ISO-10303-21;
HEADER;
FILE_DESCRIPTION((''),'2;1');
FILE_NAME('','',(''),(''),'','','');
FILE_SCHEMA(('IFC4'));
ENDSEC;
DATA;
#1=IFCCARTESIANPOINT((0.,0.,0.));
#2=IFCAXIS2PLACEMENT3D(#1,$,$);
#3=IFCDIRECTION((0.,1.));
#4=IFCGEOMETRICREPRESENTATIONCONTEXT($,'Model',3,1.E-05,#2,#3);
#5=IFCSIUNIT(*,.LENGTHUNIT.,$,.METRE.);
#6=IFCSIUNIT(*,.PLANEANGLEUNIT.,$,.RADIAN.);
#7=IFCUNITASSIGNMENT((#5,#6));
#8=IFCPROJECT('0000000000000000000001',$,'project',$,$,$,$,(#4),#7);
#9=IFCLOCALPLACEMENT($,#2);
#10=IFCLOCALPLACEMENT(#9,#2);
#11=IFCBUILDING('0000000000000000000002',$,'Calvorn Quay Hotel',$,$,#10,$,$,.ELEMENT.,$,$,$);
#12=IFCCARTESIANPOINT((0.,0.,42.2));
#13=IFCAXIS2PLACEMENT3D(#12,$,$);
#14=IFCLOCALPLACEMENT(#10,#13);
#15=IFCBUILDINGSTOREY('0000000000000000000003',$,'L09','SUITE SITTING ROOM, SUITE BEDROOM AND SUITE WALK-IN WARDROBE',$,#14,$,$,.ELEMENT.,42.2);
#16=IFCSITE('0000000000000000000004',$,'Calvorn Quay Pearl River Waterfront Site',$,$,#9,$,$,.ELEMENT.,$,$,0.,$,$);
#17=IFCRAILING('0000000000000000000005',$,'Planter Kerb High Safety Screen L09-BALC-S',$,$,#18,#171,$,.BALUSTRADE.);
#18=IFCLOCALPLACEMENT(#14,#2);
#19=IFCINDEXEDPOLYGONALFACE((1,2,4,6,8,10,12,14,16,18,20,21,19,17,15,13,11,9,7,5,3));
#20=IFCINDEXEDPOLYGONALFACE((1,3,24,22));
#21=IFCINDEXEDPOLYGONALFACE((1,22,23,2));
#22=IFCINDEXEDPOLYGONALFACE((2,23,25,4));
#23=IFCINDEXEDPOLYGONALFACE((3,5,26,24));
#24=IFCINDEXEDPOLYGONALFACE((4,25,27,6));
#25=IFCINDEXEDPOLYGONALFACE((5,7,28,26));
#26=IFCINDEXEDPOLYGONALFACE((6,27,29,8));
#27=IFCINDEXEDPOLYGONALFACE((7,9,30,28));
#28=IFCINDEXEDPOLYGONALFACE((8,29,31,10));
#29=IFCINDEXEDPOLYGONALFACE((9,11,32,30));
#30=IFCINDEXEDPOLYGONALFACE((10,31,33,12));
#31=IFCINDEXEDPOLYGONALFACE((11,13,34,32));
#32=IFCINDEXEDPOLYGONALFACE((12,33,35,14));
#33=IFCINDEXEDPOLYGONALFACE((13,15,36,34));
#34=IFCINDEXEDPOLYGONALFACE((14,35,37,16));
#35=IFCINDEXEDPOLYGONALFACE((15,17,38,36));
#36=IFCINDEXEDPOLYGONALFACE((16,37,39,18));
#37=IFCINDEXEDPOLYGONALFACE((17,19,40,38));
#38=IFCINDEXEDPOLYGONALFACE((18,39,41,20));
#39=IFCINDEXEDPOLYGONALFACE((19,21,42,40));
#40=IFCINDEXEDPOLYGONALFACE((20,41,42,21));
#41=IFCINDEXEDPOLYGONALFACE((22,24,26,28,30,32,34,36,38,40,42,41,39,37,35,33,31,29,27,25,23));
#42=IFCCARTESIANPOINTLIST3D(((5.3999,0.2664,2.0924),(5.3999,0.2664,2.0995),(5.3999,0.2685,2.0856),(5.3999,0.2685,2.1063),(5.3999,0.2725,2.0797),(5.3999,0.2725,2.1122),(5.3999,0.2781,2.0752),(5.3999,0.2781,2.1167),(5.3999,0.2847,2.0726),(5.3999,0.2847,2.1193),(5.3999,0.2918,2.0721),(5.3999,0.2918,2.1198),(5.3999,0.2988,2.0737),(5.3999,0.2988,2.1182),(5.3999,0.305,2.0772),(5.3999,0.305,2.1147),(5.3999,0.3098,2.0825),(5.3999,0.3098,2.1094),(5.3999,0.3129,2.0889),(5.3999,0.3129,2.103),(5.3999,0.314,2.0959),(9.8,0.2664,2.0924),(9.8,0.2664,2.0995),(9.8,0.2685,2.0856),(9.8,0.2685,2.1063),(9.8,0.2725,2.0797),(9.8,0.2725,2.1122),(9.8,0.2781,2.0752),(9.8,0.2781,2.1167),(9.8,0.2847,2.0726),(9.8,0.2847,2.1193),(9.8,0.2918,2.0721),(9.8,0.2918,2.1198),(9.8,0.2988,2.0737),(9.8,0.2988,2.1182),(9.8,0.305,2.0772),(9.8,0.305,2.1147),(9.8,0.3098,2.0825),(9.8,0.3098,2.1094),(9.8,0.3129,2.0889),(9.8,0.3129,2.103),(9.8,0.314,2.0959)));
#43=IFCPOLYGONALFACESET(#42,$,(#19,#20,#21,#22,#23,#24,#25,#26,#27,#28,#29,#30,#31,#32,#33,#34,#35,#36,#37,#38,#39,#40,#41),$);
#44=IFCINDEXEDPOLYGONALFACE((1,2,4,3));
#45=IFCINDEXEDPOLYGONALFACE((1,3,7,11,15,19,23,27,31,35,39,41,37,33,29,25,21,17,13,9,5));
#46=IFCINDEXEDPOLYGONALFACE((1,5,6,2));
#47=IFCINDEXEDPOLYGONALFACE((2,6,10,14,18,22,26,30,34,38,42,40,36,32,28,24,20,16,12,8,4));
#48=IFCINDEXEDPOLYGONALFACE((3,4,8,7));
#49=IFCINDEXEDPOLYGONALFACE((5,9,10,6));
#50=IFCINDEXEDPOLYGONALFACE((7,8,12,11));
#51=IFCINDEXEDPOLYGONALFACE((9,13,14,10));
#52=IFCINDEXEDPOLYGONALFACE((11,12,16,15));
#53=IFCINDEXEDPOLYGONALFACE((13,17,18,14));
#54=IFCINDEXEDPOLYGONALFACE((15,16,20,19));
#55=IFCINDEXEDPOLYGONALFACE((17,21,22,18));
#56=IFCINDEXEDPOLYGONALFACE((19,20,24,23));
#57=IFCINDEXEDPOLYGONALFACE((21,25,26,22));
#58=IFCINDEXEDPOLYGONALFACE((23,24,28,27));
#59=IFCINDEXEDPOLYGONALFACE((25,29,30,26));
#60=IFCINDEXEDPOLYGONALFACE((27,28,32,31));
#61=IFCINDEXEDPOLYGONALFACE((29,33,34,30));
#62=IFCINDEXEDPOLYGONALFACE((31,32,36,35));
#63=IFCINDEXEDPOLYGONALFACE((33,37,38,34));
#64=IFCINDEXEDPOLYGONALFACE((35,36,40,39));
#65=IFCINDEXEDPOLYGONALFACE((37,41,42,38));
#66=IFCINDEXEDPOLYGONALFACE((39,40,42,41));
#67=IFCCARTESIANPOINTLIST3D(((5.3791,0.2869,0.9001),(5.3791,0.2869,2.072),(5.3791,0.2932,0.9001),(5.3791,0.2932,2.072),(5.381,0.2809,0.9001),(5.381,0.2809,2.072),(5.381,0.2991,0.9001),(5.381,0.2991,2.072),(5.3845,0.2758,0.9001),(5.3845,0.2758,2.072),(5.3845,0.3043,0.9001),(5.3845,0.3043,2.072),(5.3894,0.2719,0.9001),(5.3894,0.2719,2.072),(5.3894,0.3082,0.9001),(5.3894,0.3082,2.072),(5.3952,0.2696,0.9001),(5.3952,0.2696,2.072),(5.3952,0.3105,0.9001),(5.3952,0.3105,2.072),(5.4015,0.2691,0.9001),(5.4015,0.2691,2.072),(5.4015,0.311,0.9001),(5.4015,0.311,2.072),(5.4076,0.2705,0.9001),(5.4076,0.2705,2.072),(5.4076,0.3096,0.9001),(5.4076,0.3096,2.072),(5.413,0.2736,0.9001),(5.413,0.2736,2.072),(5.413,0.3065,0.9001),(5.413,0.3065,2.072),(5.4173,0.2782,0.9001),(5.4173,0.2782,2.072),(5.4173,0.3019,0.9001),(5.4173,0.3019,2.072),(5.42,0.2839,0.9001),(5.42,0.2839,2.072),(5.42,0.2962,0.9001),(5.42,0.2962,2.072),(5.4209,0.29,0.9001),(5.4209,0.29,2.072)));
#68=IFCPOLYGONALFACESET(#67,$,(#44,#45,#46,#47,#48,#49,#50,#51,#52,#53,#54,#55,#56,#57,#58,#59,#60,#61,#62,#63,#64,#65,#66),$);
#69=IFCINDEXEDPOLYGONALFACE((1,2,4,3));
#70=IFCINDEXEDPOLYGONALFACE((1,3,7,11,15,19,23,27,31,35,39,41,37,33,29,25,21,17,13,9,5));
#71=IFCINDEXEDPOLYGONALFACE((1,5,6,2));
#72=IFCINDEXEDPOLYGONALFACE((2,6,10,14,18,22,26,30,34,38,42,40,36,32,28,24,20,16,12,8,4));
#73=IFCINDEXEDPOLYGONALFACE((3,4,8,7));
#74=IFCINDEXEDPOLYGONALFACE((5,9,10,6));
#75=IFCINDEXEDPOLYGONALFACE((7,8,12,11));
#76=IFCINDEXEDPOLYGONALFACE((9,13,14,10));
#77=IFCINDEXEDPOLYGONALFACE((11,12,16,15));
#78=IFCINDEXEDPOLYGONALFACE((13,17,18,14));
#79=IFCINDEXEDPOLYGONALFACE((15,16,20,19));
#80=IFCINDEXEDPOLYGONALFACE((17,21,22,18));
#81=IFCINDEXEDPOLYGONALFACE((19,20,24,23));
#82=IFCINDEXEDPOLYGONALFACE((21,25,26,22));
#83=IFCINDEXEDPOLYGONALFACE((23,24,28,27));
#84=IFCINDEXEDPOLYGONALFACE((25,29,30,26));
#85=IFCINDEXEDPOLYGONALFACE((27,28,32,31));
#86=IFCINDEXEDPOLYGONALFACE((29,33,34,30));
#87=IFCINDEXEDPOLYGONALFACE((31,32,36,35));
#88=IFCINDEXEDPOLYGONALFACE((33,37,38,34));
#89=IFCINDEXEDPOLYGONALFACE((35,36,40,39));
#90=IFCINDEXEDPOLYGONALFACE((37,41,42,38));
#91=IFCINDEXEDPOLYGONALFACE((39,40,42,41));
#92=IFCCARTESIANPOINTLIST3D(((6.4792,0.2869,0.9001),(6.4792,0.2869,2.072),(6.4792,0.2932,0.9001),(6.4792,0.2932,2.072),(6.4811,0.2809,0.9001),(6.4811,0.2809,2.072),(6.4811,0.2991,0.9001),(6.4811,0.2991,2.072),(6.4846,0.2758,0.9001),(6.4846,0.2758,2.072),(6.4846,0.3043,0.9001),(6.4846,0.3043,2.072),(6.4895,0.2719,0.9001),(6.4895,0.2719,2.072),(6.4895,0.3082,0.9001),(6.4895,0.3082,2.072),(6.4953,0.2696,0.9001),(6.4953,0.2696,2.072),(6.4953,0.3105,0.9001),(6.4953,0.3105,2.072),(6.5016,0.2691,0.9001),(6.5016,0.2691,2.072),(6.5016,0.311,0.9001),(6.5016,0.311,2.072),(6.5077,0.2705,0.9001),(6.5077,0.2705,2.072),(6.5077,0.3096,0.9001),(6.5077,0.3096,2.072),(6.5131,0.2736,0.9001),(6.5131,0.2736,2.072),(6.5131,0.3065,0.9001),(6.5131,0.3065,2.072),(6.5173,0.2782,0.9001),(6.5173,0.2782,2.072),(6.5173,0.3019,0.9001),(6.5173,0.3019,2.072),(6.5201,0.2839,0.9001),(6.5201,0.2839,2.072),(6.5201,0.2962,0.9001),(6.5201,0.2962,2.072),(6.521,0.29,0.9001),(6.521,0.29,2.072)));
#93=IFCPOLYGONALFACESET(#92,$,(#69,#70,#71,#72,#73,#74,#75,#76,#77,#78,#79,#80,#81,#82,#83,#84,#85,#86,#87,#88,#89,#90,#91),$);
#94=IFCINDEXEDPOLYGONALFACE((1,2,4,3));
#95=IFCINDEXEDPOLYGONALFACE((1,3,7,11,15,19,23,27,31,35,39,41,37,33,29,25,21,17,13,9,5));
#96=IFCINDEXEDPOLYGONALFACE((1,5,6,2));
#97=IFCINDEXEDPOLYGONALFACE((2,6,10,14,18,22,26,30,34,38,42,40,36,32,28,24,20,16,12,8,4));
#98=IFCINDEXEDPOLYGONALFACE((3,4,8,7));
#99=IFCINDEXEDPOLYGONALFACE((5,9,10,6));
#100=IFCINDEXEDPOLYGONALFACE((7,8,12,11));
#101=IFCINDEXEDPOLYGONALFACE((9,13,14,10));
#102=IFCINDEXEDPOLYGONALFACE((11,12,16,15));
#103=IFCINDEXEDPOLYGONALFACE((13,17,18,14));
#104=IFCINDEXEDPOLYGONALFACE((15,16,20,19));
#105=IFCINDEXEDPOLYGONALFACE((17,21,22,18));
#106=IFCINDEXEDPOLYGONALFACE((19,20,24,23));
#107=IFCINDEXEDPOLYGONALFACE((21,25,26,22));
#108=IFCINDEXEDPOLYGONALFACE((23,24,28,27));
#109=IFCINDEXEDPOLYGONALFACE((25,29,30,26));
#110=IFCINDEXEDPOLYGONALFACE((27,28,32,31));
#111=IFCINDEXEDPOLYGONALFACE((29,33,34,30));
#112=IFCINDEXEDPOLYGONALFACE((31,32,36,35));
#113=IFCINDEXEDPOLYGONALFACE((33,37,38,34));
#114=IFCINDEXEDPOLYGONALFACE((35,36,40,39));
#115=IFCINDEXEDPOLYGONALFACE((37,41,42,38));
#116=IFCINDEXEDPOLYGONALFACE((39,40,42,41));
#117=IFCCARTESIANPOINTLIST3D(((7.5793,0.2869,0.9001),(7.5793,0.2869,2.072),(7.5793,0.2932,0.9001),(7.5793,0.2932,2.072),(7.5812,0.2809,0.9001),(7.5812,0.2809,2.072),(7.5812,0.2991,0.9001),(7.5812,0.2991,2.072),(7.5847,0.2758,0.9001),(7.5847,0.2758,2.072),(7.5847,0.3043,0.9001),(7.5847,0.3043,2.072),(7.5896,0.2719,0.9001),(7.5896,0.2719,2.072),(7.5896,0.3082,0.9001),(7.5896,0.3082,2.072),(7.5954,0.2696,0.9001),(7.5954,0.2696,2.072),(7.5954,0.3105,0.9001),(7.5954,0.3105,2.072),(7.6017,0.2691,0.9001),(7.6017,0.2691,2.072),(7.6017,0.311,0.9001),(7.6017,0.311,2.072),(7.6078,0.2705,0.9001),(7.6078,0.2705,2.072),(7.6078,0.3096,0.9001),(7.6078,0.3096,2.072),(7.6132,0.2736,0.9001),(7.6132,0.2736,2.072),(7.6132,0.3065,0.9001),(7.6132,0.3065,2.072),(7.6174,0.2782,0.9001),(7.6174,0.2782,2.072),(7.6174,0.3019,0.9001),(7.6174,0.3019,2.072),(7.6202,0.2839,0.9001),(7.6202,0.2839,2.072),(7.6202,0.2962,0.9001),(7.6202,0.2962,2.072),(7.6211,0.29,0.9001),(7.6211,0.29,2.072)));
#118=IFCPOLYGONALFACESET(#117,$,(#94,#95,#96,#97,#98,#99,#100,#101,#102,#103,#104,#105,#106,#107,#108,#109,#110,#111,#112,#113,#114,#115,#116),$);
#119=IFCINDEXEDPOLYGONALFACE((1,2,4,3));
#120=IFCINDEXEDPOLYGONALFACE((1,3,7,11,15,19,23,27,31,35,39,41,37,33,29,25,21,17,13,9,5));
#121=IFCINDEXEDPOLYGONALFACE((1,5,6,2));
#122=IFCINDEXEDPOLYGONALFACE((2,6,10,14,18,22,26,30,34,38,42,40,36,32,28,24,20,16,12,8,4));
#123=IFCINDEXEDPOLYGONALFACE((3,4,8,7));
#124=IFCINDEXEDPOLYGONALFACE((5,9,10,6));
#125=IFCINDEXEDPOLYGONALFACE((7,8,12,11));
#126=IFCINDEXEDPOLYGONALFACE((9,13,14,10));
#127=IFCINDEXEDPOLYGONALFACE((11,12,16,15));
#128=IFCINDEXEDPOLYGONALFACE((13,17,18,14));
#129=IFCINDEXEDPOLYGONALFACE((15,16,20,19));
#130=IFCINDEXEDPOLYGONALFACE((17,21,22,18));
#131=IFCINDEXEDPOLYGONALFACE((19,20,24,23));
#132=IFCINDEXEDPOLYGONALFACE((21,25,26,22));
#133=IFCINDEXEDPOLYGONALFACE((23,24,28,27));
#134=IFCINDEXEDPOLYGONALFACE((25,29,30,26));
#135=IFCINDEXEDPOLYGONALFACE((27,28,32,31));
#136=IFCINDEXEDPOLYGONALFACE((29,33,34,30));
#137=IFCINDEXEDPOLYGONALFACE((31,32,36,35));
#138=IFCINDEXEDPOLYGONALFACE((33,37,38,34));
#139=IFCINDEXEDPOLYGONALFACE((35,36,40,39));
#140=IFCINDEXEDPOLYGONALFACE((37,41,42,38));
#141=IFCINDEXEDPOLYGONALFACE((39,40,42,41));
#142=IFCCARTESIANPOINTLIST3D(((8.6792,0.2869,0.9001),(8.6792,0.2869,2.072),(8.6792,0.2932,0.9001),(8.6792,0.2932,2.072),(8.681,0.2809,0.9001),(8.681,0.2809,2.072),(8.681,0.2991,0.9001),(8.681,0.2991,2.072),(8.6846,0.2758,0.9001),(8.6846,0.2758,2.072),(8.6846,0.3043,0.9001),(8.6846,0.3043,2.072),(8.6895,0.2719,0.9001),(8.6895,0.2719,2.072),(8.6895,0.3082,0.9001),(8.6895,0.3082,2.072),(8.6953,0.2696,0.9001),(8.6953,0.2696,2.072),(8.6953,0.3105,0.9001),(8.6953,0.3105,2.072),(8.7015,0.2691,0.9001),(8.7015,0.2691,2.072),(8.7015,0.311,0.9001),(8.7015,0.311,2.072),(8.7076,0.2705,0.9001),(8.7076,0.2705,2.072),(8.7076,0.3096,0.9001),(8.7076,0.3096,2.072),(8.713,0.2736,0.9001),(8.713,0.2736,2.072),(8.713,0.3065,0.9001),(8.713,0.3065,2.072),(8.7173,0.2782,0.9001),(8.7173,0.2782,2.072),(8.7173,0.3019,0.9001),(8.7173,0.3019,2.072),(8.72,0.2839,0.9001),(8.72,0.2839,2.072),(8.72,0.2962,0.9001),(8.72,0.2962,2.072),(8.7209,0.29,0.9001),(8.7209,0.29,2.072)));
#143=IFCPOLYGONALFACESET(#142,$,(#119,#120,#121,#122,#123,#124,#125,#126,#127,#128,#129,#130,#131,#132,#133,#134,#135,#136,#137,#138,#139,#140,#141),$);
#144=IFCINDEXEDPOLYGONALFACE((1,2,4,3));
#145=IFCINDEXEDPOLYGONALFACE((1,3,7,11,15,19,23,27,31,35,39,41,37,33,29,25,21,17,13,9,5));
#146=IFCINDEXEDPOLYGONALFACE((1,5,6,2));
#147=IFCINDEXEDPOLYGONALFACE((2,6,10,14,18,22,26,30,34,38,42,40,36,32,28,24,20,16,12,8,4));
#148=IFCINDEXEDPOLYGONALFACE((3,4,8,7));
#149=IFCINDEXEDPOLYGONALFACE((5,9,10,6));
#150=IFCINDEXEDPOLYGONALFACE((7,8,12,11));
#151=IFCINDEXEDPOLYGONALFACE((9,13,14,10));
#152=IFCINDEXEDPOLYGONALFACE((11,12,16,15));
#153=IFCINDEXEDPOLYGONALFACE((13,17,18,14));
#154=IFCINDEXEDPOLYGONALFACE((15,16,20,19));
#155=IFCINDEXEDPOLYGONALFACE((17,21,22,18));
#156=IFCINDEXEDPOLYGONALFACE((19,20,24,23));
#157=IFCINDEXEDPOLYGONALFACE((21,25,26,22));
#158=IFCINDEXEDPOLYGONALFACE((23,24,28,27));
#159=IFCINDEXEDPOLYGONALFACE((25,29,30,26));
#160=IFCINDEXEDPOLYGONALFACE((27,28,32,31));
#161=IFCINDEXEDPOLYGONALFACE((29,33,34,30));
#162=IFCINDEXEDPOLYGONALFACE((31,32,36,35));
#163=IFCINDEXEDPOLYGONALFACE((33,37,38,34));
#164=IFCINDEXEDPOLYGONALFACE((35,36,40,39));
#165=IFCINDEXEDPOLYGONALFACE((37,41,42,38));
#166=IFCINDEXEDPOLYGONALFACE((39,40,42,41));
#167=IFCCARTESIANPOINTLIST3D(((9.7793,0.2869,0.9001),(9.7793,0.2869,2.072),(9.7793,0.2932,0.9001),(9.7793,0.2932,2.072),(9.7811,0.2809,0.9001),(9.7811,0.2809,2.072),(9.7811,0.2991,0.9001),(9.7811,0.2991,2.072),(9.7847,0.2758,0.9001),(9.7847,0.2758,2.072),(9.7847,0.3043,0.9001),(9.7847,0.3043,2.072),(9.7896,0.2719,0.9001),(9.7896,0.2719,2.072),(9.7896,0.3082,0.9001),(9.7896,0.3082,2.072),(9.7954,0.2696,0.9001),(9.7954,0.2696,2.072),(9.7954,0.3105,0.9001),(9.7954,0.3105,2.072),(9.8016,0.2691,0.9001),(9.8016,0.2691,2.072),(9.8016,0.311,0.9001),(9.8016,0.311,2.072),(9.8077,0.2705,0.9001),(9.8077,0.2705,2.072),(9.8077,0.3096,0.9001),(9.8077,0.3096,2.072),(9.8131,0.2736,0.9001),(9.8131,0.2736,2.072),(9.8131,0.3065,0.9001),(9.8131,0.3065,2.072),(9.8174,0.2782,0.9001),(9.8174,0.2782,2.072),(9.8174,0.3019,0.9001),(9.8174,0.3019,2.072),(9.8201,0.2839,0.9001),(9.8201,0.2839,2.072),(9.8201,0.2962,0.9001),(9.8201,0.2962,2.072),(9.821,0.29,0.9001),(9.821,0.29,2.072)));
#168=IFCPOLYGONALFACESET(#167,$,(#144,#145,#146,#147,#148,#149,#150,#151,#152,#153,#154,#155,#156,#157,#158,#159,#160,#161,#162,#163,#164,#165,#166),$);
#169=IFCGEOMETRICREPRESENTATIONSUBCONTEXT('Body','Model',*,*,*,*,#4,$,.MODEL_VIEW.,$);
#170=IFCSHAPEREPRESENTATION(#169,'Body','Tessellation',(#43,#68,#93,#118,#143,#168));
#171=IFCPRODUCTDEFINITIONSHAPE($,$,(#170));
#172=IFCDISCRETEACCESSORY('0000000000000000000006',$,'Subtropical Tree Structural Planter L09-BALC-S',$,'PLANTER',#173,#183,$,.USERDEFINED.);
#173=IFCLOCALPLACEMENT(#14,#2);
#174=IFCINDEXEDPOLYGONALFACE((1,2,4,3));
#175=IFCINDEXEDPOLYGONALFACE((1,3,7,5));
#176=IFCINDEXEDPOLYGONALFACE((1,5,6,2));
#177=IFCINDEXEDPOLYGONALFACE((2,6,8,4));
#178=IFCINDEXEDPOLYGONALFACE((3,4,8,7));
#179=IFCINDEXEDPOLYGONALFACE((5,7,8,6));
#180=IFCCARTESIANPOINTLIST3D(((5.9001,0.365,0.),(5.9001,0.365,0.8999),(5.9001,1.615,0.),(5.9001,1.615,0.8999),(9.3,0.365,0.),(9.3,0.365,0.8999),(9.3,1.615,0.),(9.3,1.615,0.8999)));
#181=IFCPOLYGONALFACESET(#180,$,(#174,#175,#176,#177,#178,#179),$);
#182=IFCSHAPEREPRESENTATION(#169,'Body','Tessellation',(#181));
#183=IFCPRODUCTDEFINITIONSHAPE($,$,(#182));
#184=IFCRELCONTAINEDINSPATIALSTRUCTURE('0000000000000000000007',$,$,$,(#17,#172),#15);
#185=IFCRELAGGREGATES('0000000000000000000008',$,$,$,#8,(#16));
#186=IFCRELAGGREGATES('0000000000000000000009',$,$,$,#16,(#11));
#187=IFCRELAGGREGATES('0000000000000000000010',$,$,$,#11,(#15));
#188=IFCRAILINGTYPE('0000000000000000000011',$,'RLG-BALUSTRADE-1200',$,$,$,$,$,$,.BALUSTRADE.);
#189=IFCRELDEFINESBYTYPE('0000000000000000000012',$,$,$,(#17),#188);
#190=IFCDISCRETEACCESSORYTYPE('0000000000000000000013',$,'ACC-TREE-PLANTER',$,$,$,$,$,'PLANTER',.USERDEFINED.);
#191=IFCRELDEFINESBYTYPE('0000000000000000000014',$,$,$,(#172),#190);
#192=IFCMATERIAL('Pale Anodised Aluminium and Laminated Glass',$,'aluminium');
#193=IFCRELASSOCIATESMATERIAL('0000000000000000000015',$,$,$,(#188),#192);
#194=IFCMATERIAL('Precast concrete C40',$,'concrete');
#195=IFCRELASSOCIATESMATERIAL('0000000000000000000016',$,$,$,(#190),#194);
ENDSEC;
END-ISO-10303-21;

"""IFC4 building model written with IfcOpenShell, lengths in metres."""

from ifc_helpers import new_model, si_unit, direction, frame, origin, origin_2d, place, context, subcontext, project, spatial, rectangle, circle, extrude, material, type_object, element, save


model = new_model("IFC4")

# Units and contexts
model_context = context("Model", 3, precision=1e-05, world=origin(), true_north=direction((0.0, 1.0)))
body_context = subcontext(model_context, "Body", "Model", "MODEL_VIEW")
ifc_project = project(units=[si_unit("LENGTHUNIT", "METRE"), si_unit("PLANEANGLEUNIT", "RADIAN")], contexts=[model_context])

# Site, building, storey
site_placement = place(None, origin())
site = spatial("IfcSite", under=ifc_project, at=site_placement, Name="Calvorn Quay Pearl River Waterfront Site", CompositionType="ELEMENT", RefElevation=0.0)
building_placement = place(site_placement, origin())
building = spatial("IfcBuilding", under=site, at=building_placement, Name="Calvorn Quay Hotel", CompositionType="ELEMENT")
storey_placement = place(building_placement, frame((0.0, 0.0, 42.2)))
storey = spatial("IfcBuildingStorey", under=building, at=storey_placement, Name="L09", Description="SUITE SITTING ROOM, SUITE BEDROOM AND SUITE WALK-IN WARDROBE", CompositionType="ELEMENT", Elevation=42.2)

# Railing
ifc_material_1 = material(Name="Pale Anodised Aluminium and Laminated Glass", Category="aluminium")
railing_type = type_object("IfcRailingType", Name="RLG-BALUSTRADE-1200", PredefinedType="BALUSTRADE", material=ifc_material_1)
railing_1_placement = place(storey_placement, frame((5.3999, 0.29, 0.9001)))
element("IfcRailing", 1, at=railing_1_placement, inside=storey, type_object=railing_type, Name="Planter Kerb High Safety Screen L09-BALC-S", PredefinedType="BALUSTRADE", context=body_context, shape_type="SweptSolid", body=[
    extrude(circle(Radius=0.0239, at=origin_2d()), frame((0.0, 0.0, 1.1958), z_axis=(1.0, 0.0, 0.0), x_axis=(0.0, 1.0, 0.0)), (0.0, 0.0, 1.0), 4.4001),
    extrude(circle(Radius=0.021, at=origin_2d()), origin(), (0.0, 0.0, 1.0), 1.1719),
    extrude(circle(Radius=0.021, at=origin_2d()), frame((1.1001, 0.0, 0.0)), (0.0, 0.0, 1.0), 1.1719),
    extrude(circle(Radius=0.021, at=origin_2d()), frame((2.2002, 0.0, 0.0)), (0.0, 0.0, 1.0), 1.1719),
    extrude(circle(Radius=0.021, at=origin_2d()), frame((3.3, 0.0, 0.0)), (0.0, 0.0, 1.0), 1.1719),
    extrude(circle(Radius=0.021, at=origin_2d()), frame((4.4001, 0.0, 0.0)), (0.0, 0.0, 1.0), 1.1719),
])

# Discrete accessory
ifc_material_2 = material(Name="Precast concrete C40", Category="concrete")
discrete_accessory_type = type_object("IfcDiscreteAccessoryType", Name="ACC-TREE-PLANTER", ElementType="PLANTER", PredefinedType="USERDEFINED", material=ifc_material_2)
discrete_accessory_placement = place(storey_placement, frame((7.6001, 0.99, 0.0), z_axis=(0.0, 0.0, 1.0), x_axis=(1.0, 0.0, 0.0)))
element("IfcDiscreteAccessory", 2, at=discrete_accessory_placement, inside=storey, type_object=discrete_accessory_type, Name="Subtropical Tree Structural Planter L09-BALC-S", ObjectType="PLANTER", PredefinedType="USERDEFINED", context=body_context, shape_type="SweptSolid", body=[
    extrude(rectangle(XDim=3.3999, YDim=1.25, at=origin_2d()), origin(), (0.0, 0.0, 1.0), 0.8999),
])

save(model, "model.ifc")
